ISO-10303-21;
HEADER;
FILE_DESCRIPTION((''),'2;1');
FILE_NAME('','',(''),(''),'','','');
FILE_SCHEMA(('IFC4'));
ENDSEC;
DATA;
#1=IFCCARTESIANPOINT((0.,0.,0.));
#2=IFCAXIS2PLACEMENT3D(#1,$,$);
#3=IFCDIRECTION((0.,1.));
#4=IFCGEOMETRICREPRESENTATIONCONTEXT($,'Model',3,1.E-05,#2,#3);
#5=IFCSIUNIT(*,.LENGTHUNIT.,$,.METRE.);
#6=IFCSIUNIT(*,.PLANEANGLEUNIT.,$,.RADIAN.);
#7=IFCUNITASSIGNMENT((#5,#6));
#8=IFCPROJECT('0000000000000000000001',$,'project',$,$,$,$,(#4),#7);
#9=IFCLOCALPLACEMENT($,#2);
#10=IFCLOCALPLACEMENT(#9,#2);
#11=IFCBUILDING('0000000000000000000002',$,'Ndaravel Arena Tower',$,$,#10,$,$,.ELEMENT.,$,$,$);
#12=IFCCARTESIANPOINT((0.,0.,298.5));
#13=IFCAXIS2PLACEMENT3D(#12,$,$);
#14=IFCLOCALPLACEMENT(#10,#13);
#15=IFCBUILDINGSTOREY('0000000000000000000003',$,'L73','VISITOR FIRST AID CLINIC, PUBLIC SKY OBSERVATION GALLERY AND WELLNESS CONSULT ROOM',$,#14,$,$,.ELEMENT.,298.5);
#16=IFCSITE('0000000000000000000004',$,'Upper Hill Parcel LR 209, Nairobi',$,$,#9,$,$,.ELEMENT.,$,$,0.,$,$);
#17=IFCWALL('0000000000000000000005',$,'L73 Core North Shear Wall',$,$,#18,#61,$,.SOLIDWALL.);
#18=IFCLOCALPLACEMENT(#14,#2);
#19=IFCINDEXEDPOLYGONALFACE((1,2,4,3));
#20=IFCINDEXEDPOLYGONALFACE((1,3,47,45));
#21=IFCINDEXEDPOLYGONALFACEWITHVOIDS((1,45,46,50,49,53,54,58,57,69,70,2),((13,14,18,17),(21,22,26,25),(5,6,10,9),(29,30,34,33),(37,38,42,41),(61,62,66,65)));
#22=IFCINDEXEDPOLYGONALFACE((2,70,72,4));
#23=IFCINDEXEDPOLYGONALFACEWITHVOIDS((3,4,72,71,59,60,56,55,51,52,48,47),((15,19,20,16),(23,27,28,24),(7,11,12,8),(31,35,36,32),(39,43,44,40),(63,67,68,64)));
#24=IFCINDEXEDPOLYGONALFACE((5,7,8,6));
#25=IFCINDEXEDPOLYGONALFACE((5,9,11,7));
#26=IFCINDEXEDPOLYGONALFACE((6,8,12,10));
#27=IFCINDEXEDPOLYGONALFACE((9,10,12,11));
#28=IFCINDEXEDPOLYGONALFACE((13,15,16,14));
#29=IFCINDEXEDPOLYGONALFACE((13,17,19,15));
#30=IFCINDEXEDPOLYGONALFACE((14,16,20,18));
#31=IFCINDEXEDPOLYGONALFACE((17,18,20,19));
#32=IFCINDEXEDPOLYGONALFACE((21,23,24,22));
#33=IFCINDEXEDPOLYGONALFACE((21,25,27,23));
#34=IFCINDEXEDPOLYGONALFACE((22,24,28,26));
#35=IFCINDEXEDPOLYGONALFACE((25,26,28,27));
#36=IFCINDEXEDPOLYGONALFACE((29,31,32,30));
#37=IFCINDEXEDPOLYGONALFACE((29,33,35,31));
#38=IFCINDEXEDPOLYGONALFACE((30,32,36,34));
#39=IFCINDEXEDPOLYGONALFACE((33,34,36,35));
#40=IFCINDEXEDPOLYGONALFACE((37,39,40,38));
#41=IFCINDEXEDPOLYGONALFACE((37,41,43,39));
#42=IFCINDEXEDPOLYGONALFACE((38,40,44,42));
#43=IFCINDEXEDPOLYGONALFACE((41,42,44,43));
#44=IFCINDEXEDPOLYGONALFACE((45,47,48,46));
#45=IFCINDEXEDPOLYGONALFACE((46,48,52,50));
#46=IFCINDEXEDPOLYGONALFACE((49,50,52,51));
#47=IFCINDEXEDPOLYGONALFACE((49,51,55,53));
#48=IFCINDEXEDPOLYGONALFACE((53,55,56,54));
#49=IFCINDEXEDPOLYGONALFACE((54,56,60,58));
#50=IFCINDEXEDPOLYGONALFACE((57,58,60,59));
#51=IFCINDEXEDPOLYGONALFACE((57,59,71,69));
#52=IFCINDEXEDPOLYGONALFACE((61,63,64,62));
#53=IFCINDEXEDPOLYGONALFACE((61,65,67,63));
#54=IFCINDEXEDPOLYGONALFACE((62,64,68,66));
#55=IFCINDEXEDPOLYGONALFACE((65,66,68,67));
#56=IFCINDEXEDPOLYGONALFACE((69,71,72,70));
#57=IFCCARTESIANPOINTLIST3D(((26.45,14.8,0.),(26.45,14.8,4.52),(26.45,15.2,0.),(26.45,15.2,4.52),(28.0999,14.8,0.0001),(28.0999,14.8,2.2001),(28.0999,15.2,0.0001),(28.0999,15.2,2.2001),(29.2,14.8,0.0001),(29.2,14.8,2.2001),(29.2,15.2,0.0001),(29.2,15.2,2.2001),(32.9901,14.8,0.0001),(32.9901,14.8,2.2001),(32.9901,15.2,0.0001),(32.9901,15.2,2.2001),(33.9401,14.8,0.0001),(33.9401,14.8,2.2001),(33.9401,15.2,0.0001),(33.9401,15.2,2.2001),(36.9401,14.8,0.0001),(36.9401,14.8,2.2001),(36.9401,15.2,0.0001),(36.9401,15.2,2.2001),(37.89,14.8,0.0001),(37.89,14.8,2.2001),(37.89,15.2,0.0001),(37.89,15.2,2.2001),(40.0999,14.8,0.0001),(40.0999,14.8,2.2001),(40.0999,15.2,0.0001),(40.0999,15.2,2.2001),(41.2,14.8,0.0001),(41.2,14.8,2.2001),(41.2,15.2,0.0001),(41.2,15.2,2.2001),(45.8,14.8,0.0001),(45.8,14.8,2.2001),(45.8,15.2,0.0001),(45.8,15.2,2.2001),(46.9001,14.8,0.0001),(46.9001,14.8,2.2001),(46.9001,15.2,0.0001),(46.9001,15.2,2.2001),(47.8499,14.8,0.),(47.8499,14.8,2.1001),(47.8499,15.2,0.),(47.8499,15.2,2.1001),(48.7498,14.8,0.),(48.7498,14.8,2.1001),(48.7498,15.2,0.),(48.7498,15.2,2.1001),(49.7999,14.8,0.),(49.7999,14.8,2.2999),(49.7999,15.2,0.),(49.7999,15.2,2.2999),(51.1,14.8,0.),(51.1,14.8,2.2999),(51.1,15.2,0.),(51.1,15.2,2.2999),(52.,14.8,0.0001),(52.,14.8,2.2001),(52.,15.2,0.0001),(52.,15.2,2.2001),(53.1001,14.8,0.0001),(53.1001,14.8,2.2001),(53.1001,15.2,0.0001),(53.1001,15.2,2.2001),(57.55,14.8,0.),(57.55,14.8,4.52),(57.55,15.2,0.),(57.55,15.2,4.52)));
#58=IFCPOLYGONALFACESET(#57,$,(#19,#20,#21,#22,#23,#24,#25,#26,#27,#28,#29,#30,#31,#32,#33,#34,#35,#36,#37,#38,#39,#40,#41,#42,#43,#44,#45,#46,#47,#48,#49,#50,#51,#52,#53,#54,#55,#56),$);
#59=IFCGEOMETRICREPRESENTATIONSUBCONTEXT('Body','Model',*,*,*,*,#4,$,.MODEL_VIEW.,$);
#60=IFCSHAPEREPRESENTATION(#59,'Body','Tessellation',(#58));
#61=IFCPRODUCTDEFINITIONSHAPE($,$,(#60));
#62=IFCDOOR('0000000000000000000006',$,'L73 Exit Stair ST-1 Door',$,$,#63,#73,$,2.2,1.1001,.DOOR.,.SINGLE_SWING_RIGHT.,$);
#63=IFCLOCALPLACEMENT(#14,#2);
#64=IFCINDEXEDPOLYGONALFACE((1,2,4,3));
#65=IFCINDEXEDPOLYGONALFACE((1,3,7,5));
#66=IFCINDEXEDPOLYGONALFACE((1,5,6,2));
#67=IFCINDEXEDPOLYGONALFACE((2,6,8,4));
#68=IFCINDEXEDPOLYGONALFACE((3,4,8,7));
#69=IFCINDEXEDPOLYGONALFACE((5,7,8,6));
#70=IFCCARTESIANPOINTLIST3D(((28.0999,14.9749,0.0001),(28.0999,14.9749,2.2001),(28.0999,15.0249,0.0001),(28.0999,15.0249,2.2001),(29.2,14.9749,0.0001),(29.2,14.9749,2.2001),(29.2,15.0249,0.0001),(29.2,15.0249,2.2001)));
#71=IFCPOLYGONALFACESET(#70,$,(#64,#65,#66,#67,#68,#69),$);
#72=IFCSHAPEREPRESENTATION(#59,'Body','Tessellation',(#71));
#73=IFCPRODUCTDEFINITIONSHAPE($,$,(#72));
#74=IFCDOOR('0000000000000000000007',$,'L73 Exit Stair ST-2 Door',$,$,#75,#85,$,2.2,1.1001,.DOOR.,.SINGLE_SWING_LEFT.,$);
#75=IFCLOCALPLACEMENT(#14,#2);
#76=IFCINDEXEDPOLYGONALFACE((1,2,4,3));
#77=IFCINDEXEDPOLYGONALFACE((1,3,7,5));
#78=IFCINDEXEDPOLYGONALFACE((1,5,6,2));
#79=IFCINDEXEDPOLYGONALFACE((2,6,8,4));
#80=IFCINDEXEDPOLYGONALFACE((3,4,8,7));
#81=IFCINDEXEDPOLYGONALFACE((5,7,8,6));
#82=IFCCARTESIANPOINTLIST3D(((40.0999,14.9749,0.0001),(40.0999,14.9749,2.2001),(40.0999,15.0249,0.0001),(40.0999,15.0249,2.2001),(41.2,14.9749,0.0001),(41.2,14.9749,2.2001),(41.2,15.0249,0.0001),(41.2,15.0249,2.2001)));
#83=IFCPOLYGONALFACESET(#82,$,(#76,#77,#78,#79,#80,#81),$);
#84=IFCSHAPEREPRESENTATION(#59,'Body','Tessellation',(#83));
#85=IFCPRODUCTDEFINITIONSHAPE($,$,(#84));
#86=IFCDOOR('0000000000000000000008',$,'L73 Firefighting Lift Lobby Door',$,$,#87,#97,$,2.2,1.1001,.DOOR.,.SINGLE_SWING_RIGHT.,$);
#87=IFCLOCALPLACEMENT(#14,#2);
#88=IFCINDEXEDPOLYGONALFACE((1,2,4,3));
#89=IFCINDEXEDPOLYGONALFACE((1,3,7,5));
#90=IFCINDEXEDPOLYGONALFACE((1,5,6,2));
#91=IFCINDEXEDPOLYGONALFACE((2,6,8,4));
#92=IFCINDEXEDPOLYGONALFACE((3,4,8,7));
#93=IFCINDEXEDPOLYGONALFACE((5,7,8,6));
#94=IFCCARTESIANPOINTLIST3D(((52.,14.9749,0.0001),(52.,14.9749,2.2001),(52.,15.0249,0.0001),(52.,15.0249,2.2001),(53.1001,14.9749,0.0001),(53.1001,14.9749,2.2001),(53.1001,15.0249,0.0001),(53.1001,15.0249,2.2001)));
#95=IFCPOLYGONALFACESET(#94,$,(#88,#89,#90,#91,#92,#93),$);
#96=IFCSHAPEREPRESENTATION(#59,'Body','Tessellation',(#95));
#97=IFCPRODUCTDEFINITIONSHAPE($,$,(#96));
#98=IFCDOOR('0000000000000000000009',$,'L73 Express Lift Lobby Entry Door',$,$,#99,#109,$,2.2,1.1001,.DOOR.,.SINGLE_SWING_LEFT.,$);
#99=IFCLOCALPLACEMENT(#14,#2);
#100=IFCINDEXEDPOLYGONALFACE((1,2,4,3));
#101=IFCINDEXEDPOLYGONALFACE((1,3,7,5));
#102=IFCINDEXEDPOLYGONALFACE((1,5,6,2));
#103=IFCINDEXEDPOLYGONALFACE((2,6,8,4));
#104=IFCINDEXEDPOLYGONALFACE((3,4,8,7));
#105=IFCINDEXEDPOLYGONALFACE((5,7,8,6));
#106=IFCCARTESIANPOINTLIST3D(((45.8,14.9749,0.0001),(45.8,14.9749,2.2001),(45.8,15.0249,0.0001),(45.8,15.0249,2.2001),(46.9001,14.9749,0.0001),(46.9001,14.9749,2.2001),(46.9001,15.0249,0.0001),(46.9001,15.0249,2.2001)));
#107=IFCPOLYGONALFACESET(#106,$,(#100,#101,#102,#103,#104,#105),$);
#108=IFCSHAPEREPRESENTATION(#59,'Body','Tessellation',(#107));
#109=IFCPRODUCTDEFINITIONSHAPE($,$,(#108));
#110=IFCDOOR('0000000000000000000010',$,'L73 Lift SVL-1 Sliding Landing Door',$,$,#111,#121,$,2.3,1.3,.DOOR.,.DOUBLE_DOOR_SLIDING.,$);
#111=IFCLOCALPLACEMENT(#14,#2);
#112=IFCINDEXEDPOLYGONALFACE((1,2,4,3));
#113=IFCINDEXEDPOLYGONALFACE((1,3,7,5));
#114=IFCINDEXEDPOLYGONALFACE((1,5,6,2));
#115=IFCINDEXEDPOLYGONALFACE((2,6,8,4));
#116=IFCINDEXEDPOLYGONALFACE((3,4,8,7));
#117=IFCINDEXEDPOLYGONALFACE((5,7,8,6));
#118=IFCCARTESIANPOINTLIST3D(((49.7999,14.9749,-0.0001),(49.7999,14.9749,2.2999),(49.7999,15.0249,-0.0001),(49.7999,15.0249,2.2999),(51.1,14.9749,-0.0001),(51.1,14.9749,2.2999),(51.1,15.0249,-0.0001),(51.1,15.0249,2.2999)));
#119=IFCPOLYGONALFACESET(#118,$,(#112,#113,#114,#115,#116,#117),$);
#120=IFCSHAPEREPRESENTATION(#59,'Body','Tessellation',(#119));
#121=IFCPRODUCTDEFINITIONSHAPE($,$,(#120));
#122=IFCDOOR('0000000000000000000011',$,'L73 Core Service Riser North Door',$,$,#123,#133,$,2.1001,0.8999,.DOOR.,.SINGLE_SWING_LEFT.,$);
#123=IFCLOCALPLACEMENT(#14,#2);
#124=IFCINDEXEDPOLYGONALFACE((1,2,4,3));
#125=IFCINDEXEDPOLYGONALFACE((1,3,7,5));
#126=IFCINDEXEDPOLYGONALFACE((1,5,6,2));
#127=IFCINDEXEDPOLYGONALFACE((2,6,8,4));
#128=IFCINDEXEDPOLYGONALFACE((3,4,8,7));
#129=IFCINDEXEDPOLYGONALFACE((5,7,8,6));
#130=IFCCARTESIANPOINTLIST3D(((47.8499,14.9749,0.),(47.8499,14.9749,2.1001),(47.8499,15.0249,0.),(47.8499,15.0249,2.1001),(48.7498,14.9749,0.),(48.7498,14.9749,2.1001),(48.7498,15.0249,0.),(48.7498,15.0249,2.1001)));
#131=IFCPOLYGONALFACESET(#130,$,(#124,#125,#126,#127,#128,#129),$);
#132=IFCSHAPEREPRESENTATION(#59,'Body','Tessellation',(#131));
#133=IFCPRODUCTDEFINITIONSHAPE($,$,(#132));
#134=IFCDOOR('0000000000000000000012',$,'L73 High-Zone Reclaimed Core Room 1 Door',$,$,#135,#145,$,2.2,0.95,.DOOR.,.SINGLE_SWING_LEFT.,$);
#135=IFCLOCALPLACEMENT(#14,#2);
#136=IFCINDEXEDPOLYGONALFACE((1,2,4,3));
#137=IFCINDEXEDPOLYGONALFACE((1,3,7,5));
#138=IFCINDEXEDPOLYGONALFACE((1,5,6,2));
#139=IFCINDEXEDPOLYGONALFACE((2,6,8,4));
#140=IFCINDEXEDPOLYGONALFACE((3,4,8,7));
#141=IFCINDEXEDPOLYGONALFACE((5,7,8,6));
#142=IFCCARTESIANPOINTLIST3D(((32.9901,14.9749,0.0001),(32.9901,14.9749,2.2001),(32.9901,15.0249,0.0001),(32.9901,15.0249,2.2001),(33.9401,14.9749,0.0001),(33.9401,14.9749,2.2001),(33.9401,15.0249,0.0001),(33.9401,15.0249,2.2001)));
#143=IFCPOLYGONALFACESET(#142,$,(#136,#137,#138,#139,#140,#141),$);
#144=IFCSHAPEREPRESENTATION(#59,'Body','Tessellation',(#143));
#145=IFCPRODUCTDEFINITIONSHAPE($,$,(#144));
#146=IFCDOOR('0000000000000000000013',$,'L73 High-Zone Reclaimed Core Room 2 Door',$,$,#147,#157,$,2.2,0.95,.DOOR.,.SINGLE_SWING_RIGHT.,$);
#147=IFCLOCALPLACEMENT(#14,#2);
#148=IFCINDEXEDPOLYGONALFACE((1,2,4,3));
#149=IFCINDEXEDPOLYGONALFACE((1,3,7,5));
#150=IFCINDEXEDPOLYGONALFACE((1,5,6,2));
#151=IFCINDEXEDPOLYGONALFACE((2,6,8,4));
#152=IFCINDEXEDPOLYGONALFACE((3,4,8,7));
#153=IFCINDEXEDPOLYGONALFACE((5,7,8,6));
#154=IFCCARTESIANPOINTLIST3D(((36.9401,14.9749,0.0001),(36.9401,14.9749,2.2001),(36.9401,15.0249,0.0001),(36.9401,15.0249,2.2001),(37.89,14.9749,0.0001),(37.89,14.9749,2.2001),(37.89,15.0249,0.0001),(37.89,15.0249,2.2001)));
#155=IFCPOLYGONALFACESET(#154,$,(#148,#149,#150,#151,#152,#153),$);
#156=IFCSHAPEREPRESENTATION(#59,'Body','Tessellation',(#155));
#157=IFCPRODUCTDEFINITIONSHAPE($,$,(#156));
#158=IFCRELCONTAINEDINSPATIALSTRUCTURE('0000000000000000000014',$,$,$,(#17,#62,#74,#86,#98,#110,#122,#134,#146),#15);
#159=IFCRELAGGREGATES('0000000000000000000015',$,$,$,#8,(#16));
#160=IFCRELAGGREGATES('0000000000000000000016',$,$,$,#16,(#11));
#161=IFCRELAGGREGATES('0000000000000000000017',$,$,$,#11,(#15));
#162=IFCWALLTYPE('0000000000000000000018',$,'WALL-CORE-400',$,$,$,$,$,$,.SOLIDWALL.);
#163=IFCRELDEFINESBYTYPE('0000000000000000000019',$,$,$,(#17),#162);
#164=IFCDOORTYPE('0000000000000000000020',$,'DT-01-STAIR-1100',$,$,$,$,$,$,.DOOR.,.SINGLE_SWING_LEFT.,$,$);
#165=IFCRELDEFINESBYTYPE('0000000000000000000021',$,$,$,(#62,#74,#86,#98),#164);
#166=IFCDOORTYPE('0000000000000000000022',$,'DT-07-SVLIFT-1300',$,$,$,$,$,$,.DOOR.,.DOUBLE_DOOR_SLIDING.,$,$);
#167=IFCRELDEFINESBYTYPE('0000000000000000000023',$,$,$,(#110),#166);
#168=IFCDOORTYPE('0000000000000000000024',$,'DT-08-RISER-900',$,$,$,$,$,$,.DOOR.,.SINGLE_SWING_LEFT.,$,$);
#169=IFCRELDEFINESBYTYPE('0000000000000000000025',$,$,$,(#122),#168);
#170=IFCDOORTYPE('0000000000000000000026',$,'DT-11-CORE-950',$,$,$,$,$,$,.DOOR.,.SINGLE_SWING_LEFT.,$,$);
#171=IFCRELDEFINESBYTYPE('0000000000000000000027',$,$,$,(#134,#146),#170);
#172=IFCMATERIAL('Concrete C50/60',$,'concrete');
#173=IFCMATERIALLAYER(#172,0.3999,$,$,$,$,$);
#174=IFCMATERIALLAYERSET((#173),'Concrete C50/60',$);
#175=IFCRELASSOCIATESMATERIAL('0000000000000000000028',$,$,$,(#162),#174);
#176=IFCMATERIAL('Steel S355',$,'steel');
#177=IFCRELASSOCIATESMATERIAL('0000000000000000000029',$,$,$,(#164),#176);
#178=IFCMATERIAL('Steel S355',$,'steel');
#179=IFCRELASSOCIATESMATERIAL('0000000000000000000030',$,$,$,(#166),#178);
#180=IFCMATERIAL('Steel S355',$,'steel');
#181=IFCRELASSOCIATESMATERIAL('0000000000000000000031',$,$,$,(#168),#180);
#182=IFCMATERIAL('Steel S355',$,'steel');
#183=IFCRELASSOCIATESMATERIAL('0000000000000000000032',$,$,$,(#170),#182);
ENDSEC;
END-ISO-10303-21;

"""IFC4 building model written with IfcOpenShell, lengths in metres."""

from ifc_helpers import new_model, si_unit, direction, frame, frame_2d, origin, place, context, subcontext, project, spatial, rectangle, extrude, material, layer, layer_set, type_object, element, fill, save


model = new_model("IFC4")

# Units and contexts
model_context = context("Model", 3, precision=1e-05, world=origin(), true_north=direction((0.0, 1.0)))
body_context = subcontext(model_context, "Body", "Model", "MODEL_VIEW")
ifc_project = project(units=[si_unit("LENGTHUNIT", "METRE"), si_unit("PLANEANGLEUNIT", "RADIAN")], contexts=[model_context])

# Site, building, storey
site_placement = place(None, origin())
site = spatial("IfcSite", under=ifc_project, at=site_placement, Name="Upper Hill Parcel LR 209, Nairobi", CompositionType="ELEMENT", RefElevation=0.0)
building_placement = place(site_placement, origin())
building = spatial("IfcBuilding", under=site, at=building_placement, Name="Ndaravel Arena Tower", CompositionType="ELEMENT")
storey_placement = place(building_placement, frame((0.0, 0.0, 298.5)))
storey = spatial("IfcBuildingStorey", under=building, at=storey_placement, Name="L73", Description="VISITOR FIRST AID CLINIC, PUBLIC SKY OBSERVATION GALLERY AND WELLNESS CONSULT ROOM", CompositionType="ELEMENT", Elevation=298.5)

# Wall, openings, doors
ifc_material_1 = material(Name="Concrete C50/60", Category="concrete")
ifc_layer_1 = layer(ifc_material_1, 0.3999)
ifc_layer_set_1 = layer_set([ifc_layer_1], Name="Concrete C50/60")
wall_type_1 = type_object("IfcWallType", Name="WALL-CORE-400", PredefinedType="SOLIDWALL", material=ifc_layer_set_1)
wall_1_placement = place(storey_placement, frame((26.45, 15.0, 0.0), z_axis=(0.0, 0.0, 1.0), x_axis=(1.0, 0.0, 0.0)))
wall_1 = element("IfcWall", 1, at=wall_1_placement, inside=storey, type_object=wall_type_1, Name="L73 Core North Shear Wall", PredefinedType="SOLIDWALL", context=body_context, shape_type="SweptSolid", body=[
    extrude(rectangle(XDim=31.1001, YDim=0.3999, at=frame_2d((15.55, 0.0))), origin(), (0.0, 0.0, 1.0), 4.52),
])
opening_1_placement = place(wall_1_placement, frame((1.6499, 0.0, 0.0)))
opening_1 = element("IfcOpeningElement", 2, at=opening_1_placement, cuts=wall_1, PredefinedType="OPENING", context=body_context, shape_type="SweptSolid", body=[
    extrude(rectangle(XDim=1.1001, YDim=2.2, at=frame_2d((0.55, 1.1001))), frame((0.0, 0.2, 0.0), z_axis=(0.0, -1.0, 0.0), x_axis=(1.0, 0.0, 0.0)), (0.0, 0.0, 1.0), 0.3999),
])
opening_2_placement = place(wall_1_placement, frame((13.6499, 0.0, 0.0)))
opening_2 = element("IfcOpeningElement", 3, at=opening_2_placement, cuts=wall_1, PredefinedType="OPENING", context=body_context, shape_type="SweptSolid", body=[
    extrude(rectangle(XDim=1.1001, YDim=2.2, at=frame_2d((0.55, 1.1001))), frame((0.0, 0.2, 0.0), z_axis=(0.0, -1.0, 0.0), x_axis=(1.0, 0.0, 0.0)), (0.0, 0.0, 1.0), 0.3999),
])
opening_3_placement = place(wall_1_placement, frame((25.55, 0.0, 0.0)))
opening_3 = element("IfcOpeningElement", 4, at=opening_3_placement, cuts=wall_1, PredefinedType="OPENING", context=body_context, shape_type="SweptSolid", body=[
    extrude(rectangle(XDim=1.1001, YDim=2.2, at=frame_2d((0.55, 1.1001))), frame((0.0, 0.2, 0.0), z_axis=(0.0, -1.0, 0.0), x_axis=(1.0, 0.0, 0.0)), (0.0, 0.0, 1.0), 0.3999),
])
opening_4_placement = place(wall_1_placement, frame((19.3501, 0.0, 0.0)))
opening_4 = element("IfcOpeningElement", 5, at=opening_4_placement, cuts=wall_1, PredefinedType="OPENING", context=body_context, shape_type="SweptSolid", body=[
    extrude(rectangle(XDim=1.1001, YDim=2.2, at=frame_2d((0.55, 1.1001))), frame((0.0, 0.2, 0.0), z_axis=(0.0, -1.0, 0.0), x_axis=(1.0, 0.0, 0.0)), (0.0, 0.0, 1.0), 0.3999),
])
opening_5_placement = place(wall_1_placement, frame((21.3999, 0.0, 0.0)))
opening_5 = element("IfcOpeningElement", 6, at=opening_5_placement, cuts=wall_1, PredefinedType="OPENING", context=body_context, shape_type="SweptSolid", body=[
    extrude(rectangle(XDim=0.8999, YDim=2.1001, at=frame_2d((0.45, 1.05))), frame((0.0, 0.2, 0.0), z_axis=(0.0, -1.0, 0.0), x_axis=(1.0, 0.0, 0.0)), (0.0, 0.0, 1.0), 0.3999),
])
opening_6_placement = place(wall_1_placement, frame((6.54, 0.0, 0.0)))
opening_6 = element("IfcOpeningElement", 7, at=opening_6_placement, cuts=wall_1, PredefinedType="OPENING", context=body_context, shape_type="SweptSolid", body=[
    extrude(rectangle(XDim=0.95, YDim=2.2, at=frame_2d((0.4751, 1.1001))), frame((0.0, 0.2, 0.0), z_axis=(0.0, -1.0, 0.0), x_axis=(1.0, 0.0, 0.0)), (0.0, 0.0, 1.0), 0.3999),
])
opening_7_placement = place(wall_1_placement, frame((10.49, 0.0, 0.0)))
opening_7 = element("IfcOpeningElement", 8, at=opening_7_placement, cuts=wall_1, PredefinedType="OPENING", context=body_context, shape_type="SweptSolid", body=[
    extrude(rectangle(XDim=0.95, YDim=2.2, at=frame_2d((0.4751, 1.1001))), frame((0.0, 0.2, 0.0), z_axis=(0.0, -1.0, 0.0), x_axis=(1.0, 0.0, 0.0)), (0.0, 0.0, 1.0), 0.3999),
])
opening_8_placement = place(wall_1_placement, frame((23.3501, 0.0, 0.0)))
opening_8 = element("IfcOpeningElement", 9, at=opening_8_placement, cuts=wall_1, PredefinedType="OPENING", context=body_context, shape_type="SweptSolid", body=[
    extrude(rectangle(XDim=1.3, YDim=2.3, at=frame_2d((0.6499, 1.1499))), frame((0.0, 0.2, 0.0), z_axis=(0.0, -1.0, 0.0), x_axis=(1.0, 0.0, 0.0)), (0.0, 0.0, 1.0), 0.3999),
])
ifc_material_2 = material(Name="Steel S355", Category="steel")
door_type_1 = type_object("IfcDoorType", Name="DT-01-STAIR-1100", OperationType="SINGLE_SWING_LEFT", PredefinedType="DOOR", material=ifc_material_2)
door_1_placement = place(opening_1_placement, origin())
door_1 = element("IfcDoor", 10, at=door_1_placement, inside=storey, type_object=door_type_1, Name="L73 Exit Stair ST-1 Door", OperationType="SINGLE_SWING_RIGHT", OverallHeight=2.2, OverallWidth=1.1001, PredefinedType="DOOR", context=body_context, shape_type="SweptSolid", body=[
    extrude(rectangle(XDim=1.1001, YDim=2.2, at=frame_2d((0.55, 1.1001))), frame((0.0, 0.0249, 0.0), z_axis=(0.0, -1.0, 0.0), x_axis=(1.0, 0.0, 0.0)), (0.0, 0.0, 1.0), 0.05),
])
fill(opening_1, door_1)
door_2_placement = place(opening_2_placement, origin())
door_2 = element("IfcDoor", 11, at=door_2_placement, inside=storey, type_object=door_type_1, Name="L73 Exit Stair ST-2 Door", OperationType="SINGLE_SWING_LEFT", OverallHeight=2.2, OverallWidth=1.1001, PredefinedType="DOOR", context=body_context, shape_type="SweptSolid", body=[
    extrude(rectangle(XDim=1.1001, YDim=2.2, at=frame_2d((0.55, 1.1001))), frame((0.0, 0.0249, 0.0), z_axis=(0.0, -1.0, 0.0), x_axis=(1.0, 0.0, 0.0)), (0.0, 0.0, 1.0), 0.05),
])
fill(opening_2, door_2)
door_3_placement = place(opening_3_placement, origin())
door_3 = element("IfcDoor", 12, at=door_3_placement, inside=storey, type_object=door_type_1, Name="L73 Firefighting Lift Lobby Door", OperationType="SINGLE_SWING_RIGHT", OverallHeight=2.2, OverallWidth=1.1001, PredefinedType="DOOR", context=body_context, shape_type="SweptSolid", body=[
    extrude(rectangle(XDim=1.1001, YDim=2.2, at=frame_2d((0.55, 1.1001))), frame((0.0, 0.0249, 0.0), z_axis=(0.0, -1.0, 0.0), x_axis=(1.0, 0.0, 0.0)), (0.0, 0.0, 1.0), 0.05),
])
fill(opening_3, door_3)
door_4_placement = place(opening_4_placement, origin())
door_4 = element("IfcDoor", 13, at=door_4_placement, inside=storey, type_object=door_type_1, Name="L73 Express Lift Lobby Entry Door", OperationType="SINGLE_SWING_LEFT", OverallHeight=2.2, OverallWidth=1.1001, PredefinedType="DOOR", context=body_context, shape_type="SweptSolid", body=[
    extrude(rectangle(XDim=1.1001, YDim=2.2, at=frame_2d((0.55, 1.1001))), frame((0.0, 0.0249, 0.0), z_axis=(0.0, -1.0, 0.0), x_axis=(1.0, 0.0, 0.0)), (0.0, 0.0, 1.0), 0.05),
])
fill(opening_4, door_4)
ifc_material_3 = material(Name="Steel S355", Category="steel")
door_type_2 = type_object("IfcDoorType", Name="DT-07-SVLIFT-1300", OperationType="DOUBLE_DOOR_SLIDING", PredefinedType="DOOR", material=ifc_material_3)
door_5_placement = place(opening_8_placement, origin())
door_5 = element("IfcDoor", 14, at=door_5_placement, inside=storey, type_object=door_type_2, Name="L73 Lift SVL-1 Sliding Landing Door", OperationType="DOUBLE_DOOR_SLIDING", OverallHeight=2.3, OverallWidth=1.3, PredefinedType="DOOR", context=body_context, shape_type="SweptSolid", body=[
    extrude(rectangle(XDim=1.3, YDim=2.3, at=frame_2d((0.6499, 1.1499))), frame((0.0, 0.0249, 0.0), z_axis=(0.0, -1.0, 0.0), x_axis=(1.0, 0.0, 0.0)), (0.0, 0.0, 1.0), 0.05),
])
fill(opening_8, door_5)
ifc_material_4 = material(Name="Steel S355", Category="steel")
door_type_3 = type_object("IfcDoorType", Name="DT-08-RISER-900", OperationType="SINGLE_SWING_LEFT", PredefinedType="DOOR", material=ifc_material_4)
door_6_placement = place(opening_5_placement, origin())
door_6 = element("IfcDoor", 15, at=door_6_placement, inside=storey, type_object=door_type_3, Name="L73 Core Service Riser North Door", OperationType="SINGLE_SWING_LEFT", OverallHeight=2.1001, OverallWidth=0.8999, PredefinedType="DOOR", context=body_context, shape_type="SweptSolid", body=[
    extrude(rectangle(XDim=0.8999, YDim=2.1001, at=frame_2d((0.45, 1.05))), frame((0.0, 0.0249, 0.0), z_axis=(0.0, -1.0, 0.0), x_axis=(1.0, 0.0, 0.0)), (0.0, 0.0, 1.0), 0.05),
])
fill(opening_5, door_6)
ifc_material_5 = material(Name="Steel S355", Category="steel")
door_type_4 = type_object("IfcDoorType", Name="DT-11-CORE-950", OperationType="SINGLE_SWING_LEFT", PredefinedType="DOOR", material=ifc_material_5)
door_7_placement = place(opening_6_placement, origin())
door_7 = element("IfcDoor", 16, at=door_7_placement, inside=storey, type_object=door_type_4, Name="L73 High-Zone Reclaimed Core Room 1 Door", OperationType="SINGLE_SWING_LEFT", OverallHeight=2.2, OverallWidth=0.95, PredefinedType="DOOR", context=body_context, shape_type="SweptSolid", body=[
    extrude(rectangle(XDim=0.95, YDim=2.2, at=frame_2d((0.4751, 1.1001))), frame((0.0, 0.0249, 0.0), z_axis=(0.0, -1.0, 0.0), x_axis=(1.0, 0.0, 0.0)), (0.0, 0.0, 1.0), 0.05),
])
fill(opening_6, door_7)
door_8_placement = place(opening_7_placement, origin())
door_8 = element("IfcDoor", 17, at=door_8_placement, inside=storey, type_object=door_type_4, Name="L73 High-Zone Reclaimed Core Room 2 Door", OperationType="SINGLE_SWING_RIGHT", OverallHeight=2.2, OverallWidth=0.95, PredefinedType="DOOR", context=body_context, shape_type="SweptSolid", body=[
    extrude(rectangle(XDim=0.95, YDim=2.2, at=frame_2d((0.4751, 1.1001))), frame((0.0, 0.0249, 0.0), z_axis=(0.0, -1.0, 0.0), x_axis=(1.0, 0.0, 0.0)), (0.0, 0.0, 1.0), 0.05),
])
fill(opening_7, door_8)

save(model, "model.ifc")
